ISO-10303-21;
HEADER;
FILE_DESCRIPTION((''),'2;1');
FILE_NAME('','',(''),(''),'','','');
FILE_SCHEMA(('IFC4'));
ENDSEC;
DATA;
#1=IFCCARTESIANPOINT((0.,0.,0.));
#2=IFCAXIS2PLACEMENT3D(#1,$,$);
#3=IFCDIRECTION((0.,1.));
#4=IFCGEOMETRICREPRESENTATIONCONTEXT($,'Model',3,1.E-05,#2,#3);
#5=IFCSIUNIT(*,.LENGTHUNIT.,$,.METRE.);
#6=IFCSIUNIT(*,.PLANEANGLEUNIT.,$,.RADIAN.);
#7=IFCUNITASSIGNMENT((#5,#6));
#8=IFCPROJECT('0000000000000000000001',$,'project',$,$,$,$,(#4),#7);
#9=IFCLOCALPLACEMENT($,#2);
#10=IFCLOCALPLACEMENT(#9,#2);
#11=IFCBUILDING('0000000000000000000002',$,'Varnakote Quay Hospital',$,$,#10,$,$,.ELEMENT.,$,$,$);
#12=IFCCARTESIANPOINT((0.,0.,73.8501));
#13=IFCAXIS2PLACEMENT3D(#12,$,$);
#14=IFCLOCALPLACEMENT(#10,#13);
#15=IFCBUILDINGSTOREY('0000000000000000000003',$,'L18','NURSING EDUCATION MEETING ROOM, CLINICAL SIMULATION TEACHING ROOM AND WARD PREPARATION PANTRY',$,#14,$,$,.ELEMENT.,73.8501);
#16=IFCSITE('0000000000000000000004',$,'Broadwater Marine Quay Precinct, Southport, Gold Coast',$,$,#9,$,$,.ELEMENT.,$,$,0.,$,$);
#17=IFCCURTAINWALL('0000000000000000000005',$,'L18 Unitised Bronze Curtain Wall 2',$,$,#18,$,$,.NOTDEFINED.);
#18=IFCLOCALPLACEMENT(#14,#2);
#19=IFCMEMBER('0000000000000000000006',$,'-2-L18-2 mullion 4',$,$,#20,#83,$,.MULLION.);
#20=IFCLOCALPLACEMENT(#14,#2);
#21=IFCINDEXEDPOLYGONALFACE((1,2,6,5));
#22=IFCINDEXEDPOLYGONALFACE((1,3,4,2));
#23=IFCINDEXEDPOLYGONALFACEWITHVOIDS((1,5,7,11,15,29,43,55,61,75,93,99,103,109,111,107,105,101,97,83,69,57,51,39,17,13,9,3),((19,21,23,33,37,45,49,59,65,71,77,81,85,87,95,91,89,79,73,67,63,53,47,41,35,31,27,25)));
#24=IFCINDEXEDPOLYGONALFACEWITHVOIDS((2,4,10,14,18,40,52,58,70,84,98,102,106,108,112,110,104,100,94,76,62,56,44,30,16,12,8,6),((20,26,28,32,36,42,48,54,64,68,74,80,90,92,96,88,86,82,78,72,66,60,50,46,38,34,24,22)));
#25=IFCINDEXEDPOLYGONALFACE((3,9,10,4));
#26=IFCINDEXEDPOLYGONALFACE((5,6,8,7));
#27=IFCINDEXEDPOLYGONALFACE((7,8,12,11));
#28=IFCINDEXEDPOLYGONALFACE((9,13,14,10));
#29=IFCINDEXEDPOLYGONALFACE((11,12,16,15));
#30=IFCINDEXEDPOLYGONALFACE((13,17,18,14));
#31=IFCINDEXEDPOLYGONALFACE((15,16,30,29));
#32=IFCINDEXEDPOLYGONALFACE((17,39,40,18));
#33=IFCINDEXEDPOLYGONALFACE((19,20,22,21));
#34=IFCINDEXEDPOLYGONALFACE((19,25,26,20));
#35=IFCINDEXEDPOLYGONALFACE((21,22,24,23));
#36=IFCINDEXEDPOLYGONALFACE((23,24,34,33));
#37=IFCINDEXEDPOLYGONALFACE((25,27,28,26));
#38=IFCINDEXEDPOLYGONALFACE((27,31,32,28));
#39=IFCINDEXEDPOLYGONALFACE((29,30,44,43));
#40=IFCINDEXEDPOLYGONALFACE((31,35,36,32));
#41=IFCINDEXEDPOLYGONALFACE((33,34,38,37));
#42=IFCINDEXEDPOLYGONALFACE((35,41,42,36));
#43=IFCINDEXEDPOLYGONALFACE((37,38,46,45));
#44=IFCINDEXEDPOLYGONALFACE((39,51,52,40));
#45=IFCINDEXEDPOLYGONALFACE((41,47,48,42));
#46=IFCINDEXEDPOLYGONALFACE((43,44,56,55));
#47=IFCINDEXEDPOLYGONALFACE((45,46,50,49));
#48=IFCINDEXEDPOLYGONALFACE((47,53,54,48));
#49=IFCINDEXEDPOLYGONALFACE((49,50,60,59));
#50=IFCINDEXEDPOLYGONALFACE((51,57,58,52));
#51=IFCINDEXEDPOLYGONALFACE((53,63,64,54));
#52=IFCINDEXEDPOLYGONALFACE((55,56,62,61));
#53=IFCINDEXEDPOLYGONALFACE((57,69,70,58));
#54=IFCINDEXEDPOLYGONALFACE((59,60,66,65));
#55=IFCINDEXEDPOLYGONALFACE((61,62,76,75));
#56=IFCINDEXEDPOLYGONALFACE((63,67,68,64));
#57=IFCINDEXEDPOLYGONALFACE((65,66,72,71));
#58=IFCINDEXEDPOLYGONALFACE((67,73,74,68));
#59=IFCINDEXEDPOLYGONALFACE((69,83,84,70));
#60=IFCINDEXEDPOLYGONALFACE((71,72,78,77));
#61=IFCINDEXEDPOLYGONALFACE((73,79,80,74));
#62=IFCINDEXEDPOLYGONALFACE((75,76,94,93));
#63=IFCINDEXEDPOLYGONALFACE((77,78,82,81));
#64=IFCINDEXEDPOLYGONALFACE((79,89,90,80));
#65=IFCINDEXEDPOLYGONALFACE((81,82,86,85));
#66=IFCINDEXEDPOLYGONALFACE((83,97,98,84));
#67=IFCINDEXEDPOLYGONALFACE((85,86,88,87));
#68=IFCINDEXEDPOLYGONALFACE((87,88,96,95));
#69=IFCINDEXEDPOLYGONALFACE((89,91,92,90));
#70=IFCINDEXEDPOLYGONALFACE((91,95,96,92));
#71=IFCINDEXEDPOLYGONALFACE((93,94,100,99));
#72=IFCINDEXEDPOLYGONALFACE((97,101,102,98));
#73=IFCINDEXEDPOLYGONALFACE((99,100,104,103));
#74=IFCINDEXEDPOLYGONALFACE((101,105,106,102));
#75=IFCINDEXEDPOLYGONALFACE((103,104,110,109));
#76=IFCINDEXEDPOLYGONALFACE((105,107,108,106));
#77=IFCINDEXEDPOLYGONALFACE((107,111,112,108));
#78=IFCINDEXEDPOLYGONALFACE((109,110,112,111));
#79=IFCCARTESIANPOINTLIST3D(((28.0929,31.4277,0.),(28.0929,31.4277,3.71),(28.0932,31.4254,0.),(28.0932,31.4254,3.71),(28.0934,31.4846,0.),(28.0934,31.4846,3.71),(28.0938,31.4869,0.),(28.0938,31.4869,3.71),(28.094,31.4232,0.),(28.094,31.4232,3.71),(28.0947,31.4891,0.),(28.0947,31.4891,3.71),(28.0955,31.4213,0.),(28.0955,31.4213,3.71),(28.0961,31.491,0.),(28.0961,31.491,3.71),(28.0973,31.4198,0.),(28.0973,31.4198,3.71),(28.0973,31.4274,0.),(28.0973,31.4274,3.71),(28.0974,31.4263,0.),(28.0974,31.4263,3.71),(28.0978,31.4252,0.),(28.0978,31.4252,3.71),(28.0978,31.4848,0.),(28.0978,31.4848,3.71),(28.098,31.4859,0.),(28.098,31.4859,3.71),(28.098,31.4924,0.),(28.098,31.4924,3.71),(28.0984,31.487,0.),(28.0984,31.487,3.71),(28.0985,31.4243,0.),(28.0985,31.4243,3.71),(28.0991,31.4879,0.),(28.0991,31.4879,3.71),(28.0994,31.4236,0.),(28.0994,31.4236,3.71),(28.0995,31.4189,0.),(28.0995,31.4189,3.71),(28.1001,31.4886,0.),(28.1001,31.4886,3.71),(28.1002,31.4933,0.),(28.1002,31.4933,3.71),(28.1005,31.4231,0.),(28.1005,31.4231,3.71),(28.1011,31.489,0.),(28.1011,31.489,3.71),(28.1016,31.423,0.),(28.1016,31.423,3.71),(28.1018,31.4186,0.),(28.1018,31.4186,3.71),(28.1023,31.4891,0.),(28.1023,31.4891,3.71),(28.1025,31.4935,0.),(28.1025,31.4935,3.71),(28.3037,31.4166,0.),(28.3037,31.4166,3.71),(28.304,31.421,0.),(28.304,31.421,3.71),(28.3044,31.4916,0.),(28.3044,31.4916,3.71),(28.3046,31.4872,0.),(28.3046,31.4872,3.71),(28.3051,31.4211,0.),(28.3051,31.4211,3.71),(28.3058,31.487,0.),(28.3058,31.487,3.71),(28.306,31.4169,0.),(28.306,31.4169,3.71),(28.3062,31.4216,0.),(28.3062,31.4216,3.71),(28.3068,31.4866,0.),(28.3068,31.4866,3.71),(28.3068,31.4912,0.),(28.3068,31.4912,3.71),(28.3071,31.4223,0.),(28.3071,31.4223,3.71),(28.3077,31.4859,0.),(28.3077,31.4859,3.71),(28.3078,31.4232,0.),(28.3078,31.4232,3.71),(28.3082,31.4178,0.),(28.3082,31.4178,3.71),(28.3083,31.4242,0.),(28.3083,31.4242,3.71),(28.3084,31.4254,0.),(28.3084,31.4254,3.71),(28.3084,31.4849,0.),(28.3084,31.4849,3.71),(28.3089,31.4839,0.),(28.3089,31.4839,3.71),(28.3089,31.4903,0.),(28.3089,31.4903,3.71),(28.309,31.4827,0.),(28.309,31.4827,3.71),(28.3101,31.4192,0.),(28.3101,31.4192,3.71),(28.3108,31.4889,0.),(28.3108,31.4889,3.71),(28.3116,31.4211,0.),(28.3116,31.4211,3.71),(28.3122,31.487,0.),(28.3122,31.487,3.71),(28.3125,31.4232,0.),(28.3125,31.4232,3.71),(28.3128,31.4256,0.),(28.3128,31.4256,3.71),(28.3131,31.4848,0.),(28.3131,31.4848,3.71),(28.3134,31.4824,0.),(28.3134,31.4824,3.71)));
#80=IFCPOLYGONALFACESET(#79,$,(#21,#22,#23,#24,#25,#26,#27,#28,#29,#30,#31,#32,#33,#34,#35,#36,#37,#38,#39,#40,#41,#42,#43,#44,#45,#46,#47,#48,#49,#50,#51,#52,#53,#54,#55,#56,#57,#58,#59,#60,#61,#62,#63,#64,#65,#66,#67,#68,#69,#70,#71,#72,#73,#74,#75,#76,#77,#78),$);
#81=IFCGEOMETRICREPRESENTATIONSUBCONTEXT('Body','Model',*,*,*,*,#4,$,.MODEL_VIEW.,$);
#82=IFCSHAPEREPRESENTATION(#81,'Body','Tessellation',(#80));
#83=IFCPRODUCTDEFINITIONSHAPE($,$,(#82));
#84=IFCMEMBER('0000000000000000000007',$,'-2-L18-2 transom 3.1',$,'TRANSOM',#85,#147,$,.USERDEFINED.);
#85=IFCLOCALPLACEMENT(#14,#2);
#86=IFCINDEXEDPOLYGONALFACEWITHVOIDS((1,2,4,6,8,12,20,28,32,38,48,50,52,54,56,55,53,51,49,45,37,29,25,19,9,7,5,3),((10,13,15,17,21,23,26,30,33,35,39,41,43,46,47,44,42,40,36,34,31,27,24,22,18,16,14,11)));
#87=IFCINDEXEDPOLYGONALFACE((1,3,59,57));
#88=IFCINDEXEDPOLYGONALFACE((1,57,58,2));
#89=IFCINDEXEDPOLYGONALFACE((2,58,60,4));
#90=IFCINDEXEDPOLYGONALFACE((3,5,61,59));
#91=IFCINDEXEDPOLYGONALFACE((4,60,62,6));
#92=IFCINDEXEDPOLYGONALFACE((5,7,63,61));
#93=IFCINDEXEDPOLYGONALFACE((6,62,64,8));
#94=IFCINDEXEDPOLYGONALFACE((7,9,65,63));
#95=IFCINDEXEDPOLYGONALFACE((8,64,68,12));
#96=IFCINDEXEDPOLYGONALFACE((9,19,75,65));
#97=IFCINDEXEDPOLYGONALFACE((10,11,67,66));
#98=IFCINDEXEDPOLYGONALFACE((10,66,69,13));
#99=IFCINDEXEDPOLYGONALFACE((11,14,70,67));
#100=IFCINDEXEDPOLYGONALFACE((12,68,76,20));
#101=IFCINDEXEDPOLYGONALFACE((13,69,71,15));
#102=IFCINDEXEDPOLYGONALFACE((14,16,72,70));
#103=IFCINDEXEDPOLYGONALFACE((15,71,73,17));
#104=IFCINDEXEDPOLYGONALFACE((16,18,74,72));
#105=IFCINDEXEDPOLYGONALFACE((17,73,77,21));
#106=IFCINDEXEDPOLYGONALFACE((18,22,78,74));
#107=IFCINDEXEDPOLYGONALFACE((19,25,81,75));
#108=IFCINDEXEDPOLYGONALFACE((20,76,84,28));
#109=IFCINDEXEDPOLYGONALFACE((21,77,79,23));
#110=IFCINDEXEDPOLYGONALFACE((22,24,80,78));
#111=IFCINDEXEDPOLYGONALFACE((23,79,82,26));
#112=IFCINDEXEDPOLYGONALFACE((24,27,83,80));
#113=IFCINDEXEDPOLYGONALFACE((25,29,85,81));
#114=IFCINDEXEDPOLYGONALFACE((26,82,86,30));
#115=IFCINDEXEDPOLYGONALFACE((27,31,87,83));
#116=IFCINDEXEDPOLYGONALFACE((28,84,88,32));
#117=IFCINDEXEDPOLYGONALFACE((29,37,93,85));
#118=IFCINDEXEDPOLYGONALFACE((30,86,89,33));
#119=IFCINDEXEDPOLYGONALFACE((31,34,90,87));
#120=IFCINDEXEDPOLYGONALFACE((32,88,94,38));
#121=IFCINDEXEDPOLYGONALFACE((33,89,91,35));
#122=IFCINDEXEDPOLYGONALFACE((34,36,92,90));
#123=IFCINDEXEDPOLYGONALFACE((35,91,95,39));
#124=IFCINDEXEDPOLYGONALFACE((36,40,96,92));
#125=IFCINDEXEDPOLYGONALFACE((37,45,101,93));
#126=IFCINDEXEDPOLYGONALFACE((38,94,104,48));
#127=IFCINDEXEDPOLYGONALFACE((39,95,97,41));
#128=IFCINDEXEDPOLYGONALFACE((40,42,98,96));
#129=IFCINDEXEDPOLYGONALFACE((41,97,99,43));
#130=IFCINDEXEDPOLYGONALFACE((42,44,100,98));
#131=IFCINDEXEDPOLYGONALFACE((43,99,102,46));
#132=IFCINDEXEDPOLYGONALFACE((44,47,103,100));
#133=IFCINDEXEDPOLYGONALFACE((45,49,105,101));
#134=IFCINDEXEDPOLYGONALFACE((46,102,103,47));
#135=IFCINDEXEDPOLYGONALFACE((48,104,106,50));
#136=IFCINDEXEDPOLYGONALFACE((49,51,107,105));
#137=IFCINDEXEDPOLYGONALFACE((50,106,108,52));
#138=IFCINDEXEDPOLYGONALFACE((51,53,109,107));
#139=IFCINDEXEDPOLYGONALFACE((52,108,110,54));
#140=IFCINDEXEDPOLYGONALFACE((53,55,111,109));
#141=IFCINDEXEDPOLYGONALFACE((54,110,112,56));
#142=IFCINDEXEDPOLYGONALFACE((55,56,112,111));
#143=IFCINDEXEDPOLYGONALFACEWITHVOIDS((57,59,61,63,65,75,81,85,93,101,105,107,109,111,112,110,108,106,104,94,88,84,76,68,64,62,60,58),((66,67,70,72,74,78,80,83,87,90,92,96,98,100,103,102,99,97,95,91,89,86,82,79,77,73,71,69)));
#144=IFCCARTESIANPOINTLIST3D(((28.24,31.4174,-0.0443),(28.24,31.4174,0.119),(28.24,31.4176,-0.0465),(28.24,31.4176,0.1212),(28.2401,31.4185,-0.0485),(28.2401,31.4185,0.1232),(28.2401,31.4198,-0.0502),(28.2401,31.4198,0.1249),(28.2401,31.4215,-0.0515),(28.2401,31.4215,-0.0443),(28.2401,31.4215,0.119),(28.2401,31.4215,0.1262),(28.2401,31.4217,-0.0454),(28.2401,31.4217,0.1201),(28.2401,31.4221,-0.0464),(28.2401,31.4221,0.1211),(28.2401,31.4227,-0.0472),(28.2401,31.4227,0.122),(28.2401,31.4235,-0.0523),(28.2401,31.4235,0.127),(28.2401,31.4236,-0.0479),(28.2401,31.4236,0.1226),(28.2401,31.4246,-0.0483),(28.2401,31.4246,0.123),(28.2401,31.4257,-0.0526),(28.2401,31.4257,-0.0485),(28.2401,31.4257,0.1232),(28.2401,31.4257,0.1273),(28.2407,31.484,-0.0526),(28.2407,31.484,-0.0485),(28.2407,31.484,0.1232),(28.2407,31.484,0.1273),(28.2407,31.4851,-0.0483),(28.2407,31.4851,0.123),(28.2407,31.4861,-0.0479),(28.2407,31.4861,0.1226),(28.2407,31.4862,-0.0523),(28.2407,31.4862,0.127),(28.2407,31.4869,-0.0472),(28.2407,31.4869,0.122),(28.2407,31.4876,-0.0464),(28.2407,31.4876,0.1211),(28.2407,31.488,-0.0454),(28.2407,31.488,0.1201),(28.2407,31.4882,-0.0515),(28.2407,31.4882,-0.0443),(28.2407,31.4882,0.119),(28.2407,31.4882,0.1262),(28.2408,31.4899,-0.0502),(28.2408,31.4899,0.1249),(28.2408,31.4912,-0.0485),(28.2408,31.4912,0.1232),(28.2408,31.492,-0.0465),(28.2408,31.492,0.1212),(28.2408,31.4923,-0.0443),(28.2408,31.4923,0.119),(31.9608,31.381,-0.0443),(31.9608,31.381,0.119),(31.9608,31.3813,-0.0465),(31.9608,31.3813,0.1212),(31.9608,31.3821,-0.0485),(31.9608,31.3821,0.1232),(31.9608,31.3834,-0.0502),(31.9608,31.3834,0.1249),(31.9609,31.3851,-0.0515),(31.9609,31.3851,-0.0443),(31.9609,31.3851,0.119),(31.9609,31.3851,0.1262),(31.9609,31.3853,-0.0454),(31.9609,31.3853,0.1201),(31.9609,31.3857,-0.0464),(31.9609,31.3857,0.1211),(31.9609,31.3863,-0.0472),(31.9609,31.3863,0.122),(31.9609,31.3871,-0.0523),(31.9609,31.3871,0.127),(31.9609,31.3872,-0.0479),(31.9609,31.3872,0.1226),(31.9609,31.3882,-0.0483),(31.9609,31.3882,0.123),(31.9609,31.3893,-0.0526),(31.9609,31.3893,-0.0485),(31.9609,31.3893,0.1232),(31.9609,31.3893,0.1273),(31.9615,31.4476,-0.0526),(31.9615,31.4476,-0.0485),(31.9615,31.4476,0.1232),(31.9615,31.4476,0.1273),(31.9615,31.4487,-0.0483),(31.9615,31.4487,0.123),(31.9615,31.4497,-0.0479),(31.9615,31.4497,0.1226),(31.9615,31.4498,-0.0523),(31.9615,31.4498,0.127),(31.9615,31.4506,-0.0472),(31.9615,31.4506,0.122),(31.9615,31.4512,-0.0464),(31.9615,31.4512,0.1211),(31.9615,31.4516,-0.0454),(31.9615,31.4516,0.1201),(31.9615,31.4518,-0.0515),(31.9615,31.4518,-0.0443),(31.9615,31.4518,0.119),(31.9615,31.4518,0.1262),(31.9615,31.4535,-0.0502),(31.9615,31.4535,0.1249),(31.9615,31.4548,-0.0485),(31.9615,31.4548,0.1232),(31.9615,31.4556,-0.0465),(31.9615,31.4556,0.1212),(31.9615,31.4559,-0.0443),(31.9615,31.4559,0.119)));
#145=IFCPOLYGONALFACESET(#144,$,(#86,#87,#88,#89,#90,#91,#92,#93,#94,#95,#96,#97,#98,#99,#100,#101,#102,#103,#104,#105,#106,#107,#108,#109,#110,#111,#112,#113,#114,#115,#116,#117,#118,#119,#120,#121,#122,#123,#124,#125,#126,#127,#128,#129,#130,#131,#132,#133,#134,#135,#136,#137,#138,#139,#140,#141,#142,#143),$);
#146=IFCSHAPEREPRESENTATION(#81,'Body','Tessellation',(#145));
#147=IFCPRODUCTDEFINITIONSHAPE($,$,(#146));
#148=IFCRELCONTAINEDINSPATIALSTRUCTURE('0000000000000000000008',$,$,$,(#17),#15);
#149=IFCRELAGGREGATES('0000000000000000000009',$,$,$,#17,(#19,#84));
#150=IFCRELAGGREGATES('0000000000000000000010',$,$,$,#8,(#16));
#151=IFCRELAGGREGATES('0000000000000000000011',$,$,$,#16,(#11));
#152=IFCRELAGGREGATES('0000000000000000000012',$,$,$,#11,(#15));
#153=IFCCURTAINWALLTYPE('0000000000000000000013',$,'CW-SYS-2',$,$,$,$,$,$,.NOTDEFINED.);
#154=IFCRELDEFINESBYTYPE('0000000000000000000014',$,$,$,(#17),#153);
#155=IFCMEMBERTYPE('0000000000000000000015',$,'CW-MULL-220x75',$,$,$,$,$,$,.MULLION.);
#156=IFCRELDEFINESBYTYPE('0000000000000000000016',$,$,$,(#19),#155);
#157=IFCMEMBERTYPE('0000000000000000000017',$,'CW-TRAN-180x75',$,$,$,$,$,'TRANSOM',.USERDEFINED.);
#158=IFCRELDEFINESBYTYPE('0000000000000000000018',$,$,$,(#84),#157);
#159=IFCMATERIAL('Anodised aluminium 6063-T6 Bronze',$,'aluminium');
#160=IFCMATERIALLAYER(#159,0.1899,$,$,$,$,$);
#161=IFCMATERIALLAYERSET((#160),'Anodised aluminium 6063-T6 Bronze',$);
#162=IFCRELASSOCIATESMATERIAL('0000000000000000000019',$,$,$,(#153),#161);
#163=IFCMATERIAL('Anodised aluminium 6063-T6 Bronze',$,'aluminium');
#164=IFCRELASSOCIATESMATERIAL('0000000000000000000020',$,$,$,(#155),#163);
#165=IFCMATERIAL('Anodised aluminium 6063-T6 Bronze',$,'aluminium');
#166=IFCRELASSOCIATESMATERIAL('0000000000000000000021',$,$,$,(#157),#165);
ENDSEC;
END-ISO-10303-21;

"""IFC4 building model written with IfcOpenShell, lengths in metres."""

from ifc_helpers import new_model, si_unit, direction, frame, origin, origin_2d, place, context, subcontext, project, spatial, hollow_rectangle, extrude, material, layer, layer_set, material_profile, profile_set, type_object, element, aggregate, save


model = new_model("IFC4")

# Units and contexts
model_context = context("Model", 3, precision=1e-05, world=origin(), true_north=direction((0.0, 1.0)))
body_context = subcontext(model_context, "Body", "Model", "MODEL_VIEW")
ifc_project = project(units=[si_unit("LENGTHUNIT", "METRE"), si_unit("PLANEANGLEUNIT", "RADIAN")], contexts=[model_context])

# Site, building, storey
site_placement = place(None, origin())
site = spatial("IfcSite", under=ifc_project, at=site_placement, Name="Broadwater Marine Quay Precinct, Southport, Gold Coast", CompositionType="ELEMENT", RefElevation=0.0)
building_placement = place(site_placement, origin())
building = spatial("IfcBuilding", under=site, at=building_placement, Name="Varnakote Quay Hospital", CompositionType="ELEMENT")
storey_placement = place(building_placement, frame((0.0, 0.0, 73.8501)))
storey = spatial("IfcBuildingStorey", under=building, at=storey_placement, Name="L18", Description="NURSING EDUCATION MEETING ROOM, CLINICAL SIMULATION TEACHING ROOM AND WARD PREPARATION PANTRY", CompositionType="ELEMENT", Elevation=73.8501)

# Curtain wall, members
ifc_material_1 = material(Name="Anodised aluminium 6063-T6 Bronze", Category="aluminium")
ifc_layer_1 = layer(ifc_material_1, 0.1899)
ifc_layer_set_1 = layer_set([ifc_layer_1], Name="Anodised aluminium 6063-T6 Bronze")
curtain_wall_type = type_object("IfcCurtainWallType", Name="CW-SYS-2", PredefinedType="NOTDEFINED", material=ifc_layer_set_1)
curtain_wall_placement = place(storey_placement, origin())
curtain_wall = element("IfcCurtainWall", 1, at=curtain_wall_placement, inside=storey, type_object=curtain_wall_type, Name="L18 Unitised Bronze Curtain Wall 2", PredefinedType="NOTDEFINED")
ifc_material_2 = material(Name="Anodised aluminium 6063-T6 Bronze", Category="aluminium")
ifc_material_profile_1 = material_profile(ifc_material_2, hollow_rectangle(XDim=0.075, YDim=0.22, WallThickness=0.0044, InnerFilletRadius=0.0044, OuterFilletRadius=0.009, at=origin_2d()), Name="CW-MULL-220x75")
ifc_profile_set_1 = profile_set([ifc_material_profile_1], Name="Anodised aluminium 6063-T6 Bronze")
member_type_1 = type_object("IfcMemberType", Name="CW-MULL-220x75", PredefinedType="MULLION", material=ifc_profile_set_1)
member_1_placement = place(storey_placement, frame((28.2031, 31.4551, 0.0), z_axis=(0.0, 0.0, 1.0), x_axis=(-0.009774, -0.999952, 0.0)))
member_1 = element("IfcMember", 2, at=member_1_placement, type_object=member_type_1, Name="-2-L18-2 mullion 4", PredefinedType="MULLION", context=body_context, shape_type="SweptSolid", body=[
    extrude(hollow_rectangle(XDim=0.075, YDim=0.22, WallThickness=0.0044, InnerFilletRadius=0.0044, OuterFilletRadius=0.009, at=origin_2d()), origin(), (0.0, 0.0, 1.0), 3.71),
])
ifc_material_3 = material(Name="Anodised aluminium 6063-T6 Bronze", Category="aluminium")
ifc_material_profile_2 = material_profile(ifc_material_3, hollow_rectangle(XDim=0.075, YDim=0.1799, WallThickness=0.0042, InnerFilletRadius=0.0042, OuterFilletRadius=0.0083, at=origin_2d()), Name="CW-TRAN-180x75")
ifc_profile_set_2 = profile_set([ifc_material_profile_2], Name="Anodised aluminium 6063-T6 Bronze")
member_type_2 = type_object("IfcMemberType", Name="CW-TRAN-180x75", ElementType="TRANSOM", PredefinedType="USERDEFINED", material=ifc_profile_set_2)
member_2_placement = place(storey_placement, frame((31.9612, 31.4185, 0.0374), z_axis=(-0.999952, 0.009776, 0.0), x_axis=(-0.009776, -0.999952, 0.0)))
member_2 = element("IfcMember", 3, at=member_2_placement, type_object=member_type_2, Name="-2-L18-2 transom 3.1", ObjectType="TRANSOM", PredefinedType="USERDEFINED", context=body_context, shape_type="SweptSolid", body=[
    extrude(hollow_rectangle(XDim=0.075, YDim=0.1799, WallThickness=0.0042, InnerFilletRadius=0.0042, OuterFilletRadius=0.0083, at=origin_2d()), origin(), (0.0, 0.0, 1.0), 3.7209),
])
aggregate(curtain_wall, [member_1, member_2])

save(model, "model.ifc")
